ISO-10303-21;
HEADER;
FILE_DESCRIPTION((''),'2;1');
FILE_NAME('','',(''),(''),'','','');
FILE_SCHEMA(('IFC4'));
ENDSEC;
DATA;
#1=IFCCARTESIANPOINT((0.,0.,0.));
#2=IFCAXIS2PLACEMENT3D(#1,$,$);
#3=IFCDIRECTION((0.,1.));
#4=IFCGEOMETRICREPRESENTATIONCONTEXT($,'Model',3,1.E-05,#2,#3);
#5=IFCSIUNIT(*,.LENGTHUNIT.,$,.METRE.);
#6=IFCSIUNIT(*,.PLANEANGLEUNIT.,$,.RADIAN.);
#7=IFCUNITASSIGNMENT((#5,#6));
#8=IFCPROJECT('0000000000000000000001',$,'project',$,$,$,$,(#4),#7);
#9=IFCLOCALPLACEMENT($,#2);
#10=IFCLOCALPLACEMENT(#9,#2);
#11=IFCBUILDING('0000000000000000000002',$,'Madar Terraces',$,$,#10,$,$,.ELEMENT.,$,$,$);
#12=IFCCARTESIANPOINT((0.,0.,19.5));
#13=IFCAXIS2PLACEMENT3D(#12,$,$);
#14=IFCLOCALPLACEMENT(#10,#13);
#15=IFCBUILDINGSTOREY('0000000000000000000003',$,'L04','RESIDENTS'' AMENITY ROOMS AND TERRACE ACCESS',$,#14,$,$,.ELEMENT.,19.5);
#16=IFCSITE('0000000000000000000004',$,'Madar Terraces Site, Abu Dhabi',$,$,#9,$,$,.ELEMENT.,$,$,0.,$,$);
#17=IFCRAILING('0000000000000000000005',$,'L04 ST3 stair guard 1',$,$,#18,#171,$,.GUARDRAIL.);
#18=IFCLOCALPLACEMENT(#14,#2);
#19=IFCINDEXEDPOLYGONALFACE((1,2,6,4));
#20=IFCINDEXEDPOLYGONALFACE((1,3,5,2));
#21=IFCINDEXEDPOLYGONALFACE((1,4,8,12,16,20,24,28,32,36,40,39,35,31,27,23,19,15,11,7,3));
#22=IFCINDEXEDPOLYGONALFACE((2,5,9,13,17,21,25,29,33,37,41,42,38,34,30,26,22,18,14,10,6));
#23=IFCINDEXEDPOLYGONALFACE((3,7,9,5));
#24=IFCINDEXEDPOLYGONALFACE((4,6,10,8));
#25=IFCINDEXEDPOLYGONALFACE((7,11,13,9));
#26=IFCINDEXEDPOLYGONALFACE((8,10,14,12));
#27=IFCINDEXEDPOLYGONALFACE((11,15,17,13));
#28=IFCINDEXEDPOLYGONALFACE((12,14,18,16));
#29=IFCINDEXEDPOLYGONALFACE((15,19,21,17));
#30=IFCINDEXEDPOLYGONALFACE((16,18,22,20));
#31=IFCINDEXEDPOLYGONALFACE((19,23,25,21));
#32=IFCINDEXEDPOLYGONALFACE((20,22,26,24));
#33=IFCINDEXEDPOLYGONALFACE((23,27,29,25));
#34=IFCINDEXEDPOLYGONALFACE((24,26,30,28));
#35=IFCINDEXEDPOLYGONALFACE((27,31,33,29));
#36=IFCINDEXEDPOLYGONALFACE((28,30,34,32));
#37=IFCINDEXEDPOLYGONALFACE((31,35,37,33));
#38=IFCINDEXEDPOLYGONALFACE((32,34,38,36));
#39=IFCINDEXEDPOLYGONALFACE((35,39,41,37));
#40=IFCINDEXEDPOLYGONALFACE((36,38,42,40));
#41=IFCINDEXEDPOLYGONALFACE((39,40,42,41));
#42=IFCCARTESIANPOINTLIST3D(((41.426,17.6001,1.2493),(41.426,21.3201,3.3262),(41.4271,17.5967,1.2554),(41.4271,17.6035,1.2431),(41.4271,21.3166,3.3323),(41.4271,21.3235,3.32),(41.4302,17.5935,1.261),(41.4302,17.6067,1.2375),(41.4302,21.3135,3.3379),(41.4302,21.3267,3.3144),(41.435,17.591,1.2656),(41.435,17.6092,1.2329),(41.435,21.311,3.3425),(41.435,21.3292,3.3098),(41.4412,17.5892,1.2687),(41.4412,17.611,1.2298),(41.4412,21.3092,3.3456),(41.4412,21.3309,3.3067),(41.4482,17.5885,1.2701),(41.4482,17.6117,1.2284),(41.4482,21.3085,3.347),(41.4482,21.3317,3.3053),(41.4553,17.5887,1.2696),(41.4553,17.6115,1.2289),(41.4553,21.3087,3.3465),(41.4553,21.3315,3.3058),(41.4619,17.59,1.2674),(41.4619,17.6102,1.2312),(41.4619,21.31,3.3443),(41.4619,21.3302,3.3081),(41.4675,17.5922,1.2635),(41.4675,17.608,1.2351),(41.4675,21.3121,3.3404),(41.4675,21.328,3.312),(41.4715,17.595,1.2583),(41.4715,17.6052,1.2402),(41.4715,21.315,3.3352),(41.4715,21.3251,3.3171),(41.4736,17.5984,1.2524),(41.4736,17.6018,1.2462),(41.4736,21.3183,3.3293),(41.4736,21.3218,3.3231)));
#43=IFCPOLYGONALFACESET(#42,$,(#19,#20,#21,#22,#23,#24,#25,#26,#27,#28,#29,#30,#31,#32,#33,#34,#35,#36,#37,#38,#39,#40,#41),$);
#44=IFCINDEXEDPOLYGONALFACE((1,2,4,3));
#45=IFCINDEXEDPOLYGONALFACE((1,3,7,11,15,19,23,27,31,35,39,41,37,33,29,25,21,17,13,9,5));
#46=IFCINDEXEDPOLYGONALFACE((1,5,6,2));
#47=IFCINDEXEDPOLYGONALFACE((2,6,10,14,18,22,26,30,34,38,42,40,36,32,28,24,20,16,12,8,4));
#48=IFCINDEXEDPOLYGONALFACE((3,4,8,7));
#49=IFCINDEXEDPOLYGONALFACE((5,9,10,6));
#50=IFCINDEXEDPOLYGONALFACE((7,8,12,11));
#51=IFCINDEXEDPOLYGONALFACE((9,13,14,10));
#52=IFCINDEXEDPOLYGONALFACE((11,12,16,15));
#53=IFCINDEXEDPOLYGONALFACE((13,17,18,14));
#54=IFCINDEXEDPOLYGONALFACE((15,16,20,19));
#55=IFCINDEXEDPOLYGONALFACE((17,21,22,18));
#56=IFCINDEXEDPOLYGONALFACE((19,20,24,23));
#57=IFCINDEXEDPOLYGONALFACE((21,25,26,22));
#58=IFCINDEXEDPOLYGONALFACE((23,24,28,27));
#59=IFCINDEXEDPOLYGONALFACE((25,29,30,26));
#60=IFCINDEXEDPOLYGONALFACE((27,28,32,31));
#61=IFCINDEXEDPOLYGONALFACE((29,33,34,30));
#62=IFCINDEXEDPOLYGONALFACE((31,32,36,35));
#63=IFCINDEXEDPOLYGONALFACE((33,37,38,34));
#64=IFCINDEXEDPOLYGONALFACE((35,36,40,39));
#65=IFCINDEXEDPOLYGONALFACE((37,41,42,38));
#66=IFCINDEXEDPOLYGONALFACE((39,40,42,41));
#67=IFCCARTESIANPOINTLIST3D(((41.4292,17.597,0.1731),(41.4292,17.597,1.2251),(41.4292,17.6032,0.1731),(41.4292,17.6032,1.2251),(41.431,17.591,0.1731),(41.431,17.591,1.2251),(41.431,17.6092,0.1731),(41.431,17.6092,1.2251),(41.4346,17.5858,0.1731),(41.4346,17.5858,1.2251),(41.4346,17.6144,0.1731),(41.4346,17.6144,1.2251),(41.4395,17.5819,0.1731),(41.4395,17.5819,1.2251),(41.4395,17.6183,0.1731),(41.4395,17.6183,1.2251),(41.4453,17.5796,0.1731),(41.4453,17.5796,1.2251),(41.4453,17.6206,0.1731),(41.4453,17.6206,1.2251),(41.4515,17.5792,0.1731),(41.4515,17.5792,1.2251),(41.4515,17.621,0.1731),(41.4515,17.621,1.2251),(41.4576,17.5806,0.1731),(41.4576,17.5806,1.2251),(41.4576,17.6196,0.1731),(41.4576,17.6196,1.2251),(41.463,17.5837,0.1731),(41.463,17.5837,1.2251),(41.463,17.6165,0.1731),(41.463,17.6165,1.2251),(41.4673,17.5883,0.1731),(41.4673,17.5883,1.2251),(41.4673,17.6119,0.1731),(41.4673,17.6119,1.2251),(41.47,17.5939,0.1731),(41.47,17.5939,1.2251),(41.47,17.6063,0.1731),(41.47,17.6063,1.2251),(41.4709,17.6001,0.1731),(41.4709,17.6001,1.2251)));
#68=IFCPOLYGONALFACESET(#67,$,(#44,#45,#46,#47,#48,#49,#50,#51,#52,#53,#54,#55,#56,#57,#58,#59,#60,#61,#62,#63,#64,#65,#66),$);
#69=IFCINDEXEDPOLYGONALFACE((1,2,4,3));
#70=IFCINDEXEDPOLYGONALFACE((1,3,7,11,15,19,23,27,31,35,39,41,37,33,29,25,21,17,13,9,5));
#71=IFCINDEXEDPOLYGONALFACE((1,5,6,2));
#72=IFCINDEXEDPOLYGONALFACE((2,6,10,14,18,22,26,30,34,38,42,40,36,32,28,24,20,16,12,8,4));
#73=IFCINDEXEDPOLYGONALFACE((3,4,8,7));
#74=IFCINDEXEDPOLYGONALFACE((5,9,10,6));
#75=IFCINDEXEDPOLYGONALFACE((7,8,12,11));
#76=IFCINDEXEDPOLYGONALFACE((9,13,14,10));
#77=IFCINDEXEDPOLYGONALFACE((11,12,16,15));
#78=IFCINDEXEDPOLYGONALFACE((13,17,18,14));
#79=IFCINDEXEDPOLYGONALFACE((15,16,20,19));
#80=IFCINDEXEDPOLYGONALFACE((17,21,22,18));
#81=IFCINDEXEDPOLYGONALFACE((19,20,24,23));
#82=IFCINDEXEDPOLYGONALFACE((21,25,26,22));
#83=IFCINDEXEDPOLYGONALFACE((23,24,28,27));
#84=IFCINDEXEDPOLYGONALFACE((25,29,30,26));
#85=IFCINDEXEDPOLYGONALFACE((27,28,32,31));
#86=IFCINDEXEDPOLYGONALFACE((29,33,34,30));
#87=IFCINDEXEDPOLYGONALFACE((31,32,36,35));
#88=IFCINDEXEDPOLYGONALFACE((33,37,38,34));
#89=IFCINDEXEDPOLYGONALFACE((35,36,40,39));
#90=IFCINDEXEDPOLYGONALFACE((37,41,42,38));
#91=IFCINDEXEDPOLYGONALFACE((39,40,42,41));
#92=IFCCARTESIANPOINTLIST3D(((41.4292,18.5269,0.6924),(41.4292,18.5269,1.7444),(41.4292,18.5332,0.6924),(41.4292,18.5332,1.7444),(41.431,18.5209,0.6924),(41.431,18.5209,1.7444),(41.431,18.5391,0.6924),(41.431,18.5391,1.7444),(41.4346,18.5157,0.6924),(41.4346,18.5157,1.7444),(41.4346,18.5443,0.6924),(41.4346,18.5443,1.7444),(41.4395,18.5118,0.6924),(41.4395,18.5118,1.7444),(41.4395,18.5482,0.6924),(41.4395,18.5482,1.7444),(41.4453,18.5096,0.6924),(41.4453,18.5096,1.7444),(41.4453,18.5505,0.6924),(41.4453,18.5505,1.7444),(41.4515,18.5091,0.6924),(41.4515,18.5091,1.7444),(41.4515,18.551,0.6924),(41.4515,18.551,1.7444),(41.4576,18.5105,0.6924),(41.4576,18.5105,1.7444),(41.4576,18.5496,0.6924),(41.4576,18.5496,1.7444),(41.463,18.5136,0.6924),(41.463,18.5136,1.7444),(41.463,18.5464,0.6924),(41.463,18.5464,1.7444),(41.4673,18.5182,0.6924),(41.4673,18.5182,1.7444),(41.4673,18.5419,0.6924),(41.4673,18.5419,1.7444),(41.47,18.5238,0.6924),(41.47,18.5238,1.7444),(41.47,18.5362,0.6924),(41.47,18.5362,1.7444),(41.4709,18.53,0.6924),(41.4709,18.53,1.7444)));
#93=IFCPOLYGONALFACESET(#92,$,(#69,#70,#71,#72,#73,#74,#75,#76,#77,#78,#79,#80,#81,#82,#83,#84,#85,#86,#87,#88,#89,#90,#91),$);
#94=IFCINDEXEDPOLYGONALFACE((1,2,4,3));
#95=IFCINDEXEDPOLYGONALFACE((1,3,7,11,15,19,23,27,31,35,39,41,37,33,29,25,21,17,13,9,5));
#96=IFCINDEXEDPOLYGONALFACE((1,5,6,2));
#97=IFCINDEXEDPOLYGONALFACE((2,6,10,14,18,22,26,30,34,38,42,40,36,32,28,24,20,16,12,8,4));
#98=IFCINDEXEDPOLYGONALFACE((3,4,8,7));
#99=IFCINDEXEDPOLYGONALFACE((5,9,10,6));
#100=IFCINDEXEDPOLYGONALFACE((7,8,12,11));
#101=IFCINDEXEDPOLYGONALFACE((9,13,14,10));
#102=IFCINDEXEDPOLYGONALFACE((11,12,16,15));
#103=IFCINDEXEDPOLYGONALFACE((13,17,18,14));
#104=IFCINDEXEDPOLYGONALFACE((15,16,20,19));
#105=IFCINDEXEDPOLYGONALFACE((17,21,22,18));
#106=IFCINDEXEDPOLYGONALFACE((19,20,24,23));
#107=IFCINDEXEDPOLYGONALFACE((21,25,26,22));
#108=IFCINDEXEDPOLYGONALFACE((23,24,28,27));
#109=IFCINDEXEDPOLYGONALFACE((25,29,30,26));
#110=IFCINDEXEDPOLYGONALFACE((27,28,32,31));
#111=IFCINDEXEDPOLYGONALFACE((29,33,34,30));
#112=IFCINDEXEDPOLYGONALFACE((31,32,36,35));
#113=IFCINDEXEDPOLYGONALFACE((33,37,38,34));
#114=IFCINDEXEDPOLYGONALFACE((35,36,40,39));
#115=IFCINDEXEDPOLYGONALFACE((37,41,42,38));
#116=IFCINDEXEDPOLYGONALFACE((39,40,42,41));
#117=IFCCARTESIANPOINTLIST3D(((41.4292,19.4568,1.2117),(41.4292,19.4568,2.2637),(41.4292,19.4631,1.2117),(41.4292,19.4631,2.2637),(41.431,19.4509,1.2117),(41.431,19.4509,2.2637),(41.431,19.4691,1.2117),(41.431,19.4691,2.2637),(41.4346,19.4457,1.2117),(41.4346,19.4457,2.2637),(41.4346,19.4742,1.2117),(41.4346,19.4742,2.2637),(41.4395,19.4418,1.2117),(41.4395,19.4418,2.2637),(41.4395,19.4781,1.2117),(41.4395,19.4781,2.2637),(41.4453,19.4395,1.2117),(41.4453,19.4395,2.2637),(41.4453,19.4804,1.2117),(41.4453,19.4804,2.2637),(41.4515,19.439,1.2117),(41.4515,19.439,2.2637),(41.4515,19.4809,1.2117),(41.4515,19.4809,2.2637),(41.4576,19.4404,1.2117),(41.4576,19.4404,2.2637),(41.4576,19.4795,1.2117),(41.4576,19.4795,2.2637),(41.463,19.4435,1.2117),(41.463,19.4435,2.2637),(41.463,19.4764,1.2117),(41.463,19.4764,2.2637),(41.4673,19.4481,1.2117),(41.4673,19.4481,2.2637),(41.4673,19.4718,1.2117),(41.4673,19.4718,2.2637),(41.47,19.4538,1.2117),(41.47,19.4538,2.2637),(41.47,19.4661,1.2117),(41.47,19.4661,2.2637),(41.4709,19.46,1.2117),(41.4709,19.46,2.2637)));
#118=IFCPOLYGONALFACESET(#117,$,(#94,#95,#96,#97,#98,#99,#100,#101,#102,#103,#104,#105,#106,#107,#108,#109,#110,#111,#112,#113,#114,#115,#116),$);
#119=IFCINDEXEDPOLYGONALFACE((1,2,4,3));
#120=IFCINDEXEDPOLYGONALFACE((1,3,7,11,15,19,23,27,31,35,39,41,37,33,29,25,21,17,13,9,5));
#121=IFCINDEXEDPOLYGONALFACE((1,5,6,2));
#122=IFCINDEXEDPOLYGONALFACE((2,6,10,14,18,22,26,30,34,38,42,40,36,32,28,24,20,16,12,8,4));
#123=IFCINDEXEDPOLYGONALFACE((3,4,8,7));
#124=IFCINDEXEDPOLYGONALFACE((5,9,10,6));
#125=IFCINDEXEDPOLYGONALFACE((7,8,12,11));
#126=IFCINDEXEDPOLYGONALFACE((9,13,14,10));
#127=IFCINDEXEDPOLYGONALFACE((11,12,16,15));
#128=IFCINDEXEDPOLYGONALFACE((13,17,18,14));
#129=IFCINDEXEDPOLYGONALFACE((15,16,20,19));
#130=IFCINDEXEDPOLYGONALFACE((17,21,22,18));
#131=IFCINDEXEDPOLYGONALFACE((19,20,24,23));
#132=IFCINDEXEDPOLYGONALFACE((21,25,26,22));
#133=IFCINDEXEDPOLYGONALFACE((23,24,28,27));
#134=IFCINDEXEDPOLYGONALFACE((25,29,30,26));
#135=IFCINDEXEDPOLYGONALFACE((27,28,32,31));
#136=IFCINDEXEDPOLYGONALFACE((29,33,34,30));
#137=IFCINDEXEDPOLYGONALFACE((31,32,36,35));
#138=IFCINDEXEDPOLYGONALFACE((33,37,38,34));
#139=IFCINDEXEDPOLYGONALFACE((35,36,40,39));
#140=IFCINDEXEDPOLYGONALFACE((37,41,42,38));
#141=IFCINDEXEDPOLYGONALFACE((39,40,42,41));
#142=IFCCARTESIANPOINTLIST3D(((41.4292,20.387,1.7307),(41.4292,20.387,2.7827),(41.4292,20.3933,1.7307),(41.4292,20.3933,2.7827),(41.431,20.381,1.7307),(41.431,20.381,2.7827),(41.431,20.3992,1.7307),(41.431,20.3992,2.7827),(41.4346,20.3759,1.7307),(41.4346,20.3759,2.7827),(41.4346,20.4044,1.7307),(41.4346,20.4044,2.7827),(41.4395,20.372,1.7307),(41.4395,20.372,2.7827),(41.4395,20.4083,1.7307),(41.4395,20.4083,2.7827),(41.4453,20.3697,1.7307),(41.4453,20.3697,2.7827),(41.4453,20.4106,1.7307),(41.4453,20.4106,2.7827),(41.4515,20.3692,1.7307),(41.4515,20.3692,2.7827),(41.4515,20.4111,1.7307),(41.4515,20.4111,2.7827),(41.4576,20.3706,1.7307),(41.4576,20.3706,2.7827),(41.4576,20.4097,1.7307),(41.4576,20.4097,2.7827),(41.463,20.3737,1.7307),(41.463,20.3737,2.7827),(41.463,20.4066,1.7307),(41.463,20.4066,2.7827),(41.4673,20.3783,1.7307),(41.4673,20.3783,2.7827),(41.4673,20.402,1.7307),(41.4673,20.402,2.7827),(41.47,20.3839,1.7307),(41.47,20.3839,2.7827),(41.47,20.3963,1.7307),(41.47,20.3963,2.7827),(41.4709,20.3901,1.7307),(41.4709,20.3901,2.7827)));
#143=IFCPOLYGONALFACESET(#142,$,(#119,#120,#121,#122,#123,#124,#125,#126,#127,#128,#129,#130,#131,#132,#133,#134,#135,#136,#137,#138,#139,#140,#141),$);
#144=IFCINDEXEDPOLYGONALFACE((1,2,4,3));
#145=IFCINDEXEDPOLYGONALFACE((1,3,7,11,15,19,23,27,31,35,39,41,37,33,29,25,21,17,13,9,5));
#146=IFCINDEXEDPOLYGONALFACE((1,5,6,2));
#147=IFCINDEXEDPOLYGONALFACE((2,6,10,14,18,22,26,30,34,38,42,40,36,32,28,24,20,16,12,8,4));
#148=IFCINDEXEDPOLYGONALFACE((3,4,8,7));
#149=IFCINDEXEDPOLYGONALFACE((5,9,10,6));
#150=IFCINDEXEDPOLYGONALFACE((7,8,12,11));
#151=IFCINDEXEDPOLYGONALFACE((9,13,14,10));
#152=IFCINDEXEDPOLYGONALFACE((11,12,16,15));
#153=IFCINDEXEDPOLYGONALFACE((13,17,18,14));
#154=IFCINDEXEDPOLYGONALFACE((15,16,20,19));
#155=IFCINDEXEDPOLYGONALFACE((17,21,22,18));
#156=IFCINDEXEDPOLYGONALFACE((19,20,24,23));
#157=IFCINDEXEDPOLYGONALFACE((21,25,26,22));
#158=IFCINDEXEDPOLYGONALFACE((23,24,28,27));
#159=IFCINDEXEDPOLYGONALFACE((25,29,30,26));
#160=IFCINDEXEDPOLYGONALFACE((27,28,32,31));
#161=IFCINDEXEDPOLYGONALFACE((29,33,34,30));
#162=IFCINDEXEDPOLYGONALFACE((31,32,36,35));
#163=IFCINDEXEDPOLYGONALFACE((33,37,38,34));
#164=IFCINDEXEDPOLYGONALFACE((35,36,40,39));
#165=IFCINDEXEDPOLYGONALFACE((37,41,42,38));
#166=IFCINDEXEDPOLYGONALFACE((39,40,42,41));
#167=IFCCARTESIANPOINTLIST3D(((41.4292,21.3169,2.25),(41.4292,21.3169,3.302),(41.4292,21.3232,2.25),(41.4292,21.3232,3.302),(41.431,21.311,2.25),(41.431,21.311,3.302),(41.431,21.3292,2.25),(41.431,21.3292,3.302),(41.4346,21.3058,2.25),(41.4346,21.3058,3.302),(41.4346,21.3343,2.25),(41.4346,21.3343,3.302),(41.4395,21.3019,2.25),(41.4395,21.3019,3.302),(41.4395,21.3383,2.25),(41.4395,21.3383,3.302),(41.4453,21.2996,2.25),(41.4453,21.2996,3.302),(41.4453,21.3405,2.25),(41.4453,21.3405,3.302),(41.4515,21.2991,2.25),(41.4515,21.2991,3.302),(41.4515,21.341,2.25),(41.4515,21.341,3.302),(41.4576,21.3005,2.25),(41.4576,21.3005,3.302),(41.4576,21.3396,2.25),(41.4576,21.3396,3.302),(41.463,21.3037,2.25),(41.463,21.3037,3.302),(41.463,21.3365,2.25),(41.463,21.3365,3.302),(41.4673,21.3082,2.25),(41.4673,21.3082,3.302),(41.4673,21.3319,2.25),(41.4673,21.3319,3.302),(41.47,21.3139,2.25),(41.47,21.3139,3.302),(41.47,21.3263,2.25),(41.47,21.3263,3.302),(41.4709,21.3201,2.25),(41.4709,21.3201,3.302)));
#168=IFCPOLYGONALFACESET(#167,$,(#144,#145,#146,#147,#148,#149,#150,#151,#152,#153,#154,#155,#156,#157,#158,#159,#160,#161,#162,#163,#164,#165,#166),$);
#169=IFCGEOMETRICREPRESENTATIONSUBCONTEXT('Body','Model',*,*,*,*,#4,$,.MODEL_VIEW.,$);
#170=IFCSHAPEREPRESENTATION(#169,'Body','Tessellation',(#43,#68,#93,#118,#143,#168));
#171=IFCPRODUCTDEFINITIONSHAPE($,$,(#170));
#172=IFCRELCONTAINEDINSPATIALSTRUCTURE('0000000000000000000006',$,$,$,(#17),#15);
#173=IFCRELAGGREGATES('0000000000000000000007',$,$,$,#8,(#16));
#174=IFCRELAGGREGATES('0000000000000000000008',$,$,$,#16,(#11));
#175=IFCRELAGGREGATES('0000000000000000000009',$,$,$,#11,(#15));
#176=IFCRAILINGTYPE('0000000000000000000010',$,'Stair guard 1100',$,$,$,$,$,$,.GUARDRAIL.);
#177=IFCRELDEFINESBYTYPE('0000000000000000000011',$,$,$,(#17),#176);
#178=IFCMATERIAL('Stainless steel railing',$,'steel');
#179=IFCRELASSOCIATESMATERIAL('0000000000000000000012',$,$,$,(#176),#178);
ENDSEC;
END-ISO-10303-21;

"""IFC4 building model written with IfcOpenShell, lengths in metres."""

from ifc_helpers import new_model, si_unit, direction, frame, origin, origin_2d, place, context, subcontext, project, spatial, circle, extrude, material, type_object, element, save


model = new_model("IFC4")

# Units and contexts
model_context = context("Model", 3, precision=1e-05, world=origin(), true_north=direction((0.0, 1.0)))
body_context = subcontext(model_context, "Body", "Model", "MODEL_VIEW")
ifc_project = project(units=[si_unit("LENGTHUNIT", "METRE"), si_unit("PLANEANGLEUNIT", "RADIAN")], contexts=[model_context])

# Site, building, storey
site_placement = place(None, origin())
site = spatial("IfcSite", under=ifc_project, at=site_placement, Name="Madar Terraces Site, Abu Dhabi", CompositionType="ELEMENT", RefElevation=0.0)
building_placement = place(site_placement, origin())
building = spatial("IfcBuilding", under=site, at=building_placement, Name="Madar Terraces", CompositionType="ELEMENT")
storey_placement = place(building_placement, frame((0.0, 0.0, 19.5)))
storey = spatial("IfcBuildingStorey", under=building, at=storey_placement, Name="L04", Description="RESIDENTS' AMENITY ROOMS AND TERRACE ACCESS", CompositionType="ELEMENT", Elevation=19.5)

# Railing
ifc_material_1 = material(Name="Stainless steel railing", Category="steel")
railing_type_1 = type_object("IfcRailingType", Name="Stair guard 1100", PredefinedType="GUARDRAIL", material=ifc_material_1)
railing_1_placement = place(storey_placement, frame((41.45, 17.6001, 0.1731)))
element("IfcRailing", 1, at=railing_1_placement, inside=storey, type_object=railing_type_1, Name="L04 ST3 stair guard 1", PredefinedType="GUARDRAIL", context=body_context, shape_type="SweptSolid", body=[
    extrude(circle(Radius=0.0239, at=origin_2d()), frame((0.0, 0.0, 1.0762), z_axis=(0.0, 0.873134, 0.487481), x_axis=(-1.0, 0.0, 0.0)), (0.0, 0.0, 1.0), 4.2605),
    extrude(circle(Radius=0.021, at=origin_2d()), origin(), (0.0, 0.0, 1.0), 1.052),
    extrude(circle(Radius=0.021, at=origin_2d()), frame((0.0, 0.9299, 0.5193)), (0.0, 0.0, 1.0), 1.052),
    extrude(circle(Radius=0.021, at=origin_2d()), frame((0.0, 1.8599, 1.0386)), (0.0, 0.0, 1.0), 1.052),
    extrude(circle(Radius=0.021, at=origin_2d()), frame((0.0, 2.79, 1.5576)), (0.0, 0.0, 1.0), 1.052),
    extrude(circle(Radius=0.021, at=origin_2d()), frame((0.0, 3.72, 2.0769)), (0.0, 0.0, 1.0), 1.052),
])

save(model, "model.ifc")
